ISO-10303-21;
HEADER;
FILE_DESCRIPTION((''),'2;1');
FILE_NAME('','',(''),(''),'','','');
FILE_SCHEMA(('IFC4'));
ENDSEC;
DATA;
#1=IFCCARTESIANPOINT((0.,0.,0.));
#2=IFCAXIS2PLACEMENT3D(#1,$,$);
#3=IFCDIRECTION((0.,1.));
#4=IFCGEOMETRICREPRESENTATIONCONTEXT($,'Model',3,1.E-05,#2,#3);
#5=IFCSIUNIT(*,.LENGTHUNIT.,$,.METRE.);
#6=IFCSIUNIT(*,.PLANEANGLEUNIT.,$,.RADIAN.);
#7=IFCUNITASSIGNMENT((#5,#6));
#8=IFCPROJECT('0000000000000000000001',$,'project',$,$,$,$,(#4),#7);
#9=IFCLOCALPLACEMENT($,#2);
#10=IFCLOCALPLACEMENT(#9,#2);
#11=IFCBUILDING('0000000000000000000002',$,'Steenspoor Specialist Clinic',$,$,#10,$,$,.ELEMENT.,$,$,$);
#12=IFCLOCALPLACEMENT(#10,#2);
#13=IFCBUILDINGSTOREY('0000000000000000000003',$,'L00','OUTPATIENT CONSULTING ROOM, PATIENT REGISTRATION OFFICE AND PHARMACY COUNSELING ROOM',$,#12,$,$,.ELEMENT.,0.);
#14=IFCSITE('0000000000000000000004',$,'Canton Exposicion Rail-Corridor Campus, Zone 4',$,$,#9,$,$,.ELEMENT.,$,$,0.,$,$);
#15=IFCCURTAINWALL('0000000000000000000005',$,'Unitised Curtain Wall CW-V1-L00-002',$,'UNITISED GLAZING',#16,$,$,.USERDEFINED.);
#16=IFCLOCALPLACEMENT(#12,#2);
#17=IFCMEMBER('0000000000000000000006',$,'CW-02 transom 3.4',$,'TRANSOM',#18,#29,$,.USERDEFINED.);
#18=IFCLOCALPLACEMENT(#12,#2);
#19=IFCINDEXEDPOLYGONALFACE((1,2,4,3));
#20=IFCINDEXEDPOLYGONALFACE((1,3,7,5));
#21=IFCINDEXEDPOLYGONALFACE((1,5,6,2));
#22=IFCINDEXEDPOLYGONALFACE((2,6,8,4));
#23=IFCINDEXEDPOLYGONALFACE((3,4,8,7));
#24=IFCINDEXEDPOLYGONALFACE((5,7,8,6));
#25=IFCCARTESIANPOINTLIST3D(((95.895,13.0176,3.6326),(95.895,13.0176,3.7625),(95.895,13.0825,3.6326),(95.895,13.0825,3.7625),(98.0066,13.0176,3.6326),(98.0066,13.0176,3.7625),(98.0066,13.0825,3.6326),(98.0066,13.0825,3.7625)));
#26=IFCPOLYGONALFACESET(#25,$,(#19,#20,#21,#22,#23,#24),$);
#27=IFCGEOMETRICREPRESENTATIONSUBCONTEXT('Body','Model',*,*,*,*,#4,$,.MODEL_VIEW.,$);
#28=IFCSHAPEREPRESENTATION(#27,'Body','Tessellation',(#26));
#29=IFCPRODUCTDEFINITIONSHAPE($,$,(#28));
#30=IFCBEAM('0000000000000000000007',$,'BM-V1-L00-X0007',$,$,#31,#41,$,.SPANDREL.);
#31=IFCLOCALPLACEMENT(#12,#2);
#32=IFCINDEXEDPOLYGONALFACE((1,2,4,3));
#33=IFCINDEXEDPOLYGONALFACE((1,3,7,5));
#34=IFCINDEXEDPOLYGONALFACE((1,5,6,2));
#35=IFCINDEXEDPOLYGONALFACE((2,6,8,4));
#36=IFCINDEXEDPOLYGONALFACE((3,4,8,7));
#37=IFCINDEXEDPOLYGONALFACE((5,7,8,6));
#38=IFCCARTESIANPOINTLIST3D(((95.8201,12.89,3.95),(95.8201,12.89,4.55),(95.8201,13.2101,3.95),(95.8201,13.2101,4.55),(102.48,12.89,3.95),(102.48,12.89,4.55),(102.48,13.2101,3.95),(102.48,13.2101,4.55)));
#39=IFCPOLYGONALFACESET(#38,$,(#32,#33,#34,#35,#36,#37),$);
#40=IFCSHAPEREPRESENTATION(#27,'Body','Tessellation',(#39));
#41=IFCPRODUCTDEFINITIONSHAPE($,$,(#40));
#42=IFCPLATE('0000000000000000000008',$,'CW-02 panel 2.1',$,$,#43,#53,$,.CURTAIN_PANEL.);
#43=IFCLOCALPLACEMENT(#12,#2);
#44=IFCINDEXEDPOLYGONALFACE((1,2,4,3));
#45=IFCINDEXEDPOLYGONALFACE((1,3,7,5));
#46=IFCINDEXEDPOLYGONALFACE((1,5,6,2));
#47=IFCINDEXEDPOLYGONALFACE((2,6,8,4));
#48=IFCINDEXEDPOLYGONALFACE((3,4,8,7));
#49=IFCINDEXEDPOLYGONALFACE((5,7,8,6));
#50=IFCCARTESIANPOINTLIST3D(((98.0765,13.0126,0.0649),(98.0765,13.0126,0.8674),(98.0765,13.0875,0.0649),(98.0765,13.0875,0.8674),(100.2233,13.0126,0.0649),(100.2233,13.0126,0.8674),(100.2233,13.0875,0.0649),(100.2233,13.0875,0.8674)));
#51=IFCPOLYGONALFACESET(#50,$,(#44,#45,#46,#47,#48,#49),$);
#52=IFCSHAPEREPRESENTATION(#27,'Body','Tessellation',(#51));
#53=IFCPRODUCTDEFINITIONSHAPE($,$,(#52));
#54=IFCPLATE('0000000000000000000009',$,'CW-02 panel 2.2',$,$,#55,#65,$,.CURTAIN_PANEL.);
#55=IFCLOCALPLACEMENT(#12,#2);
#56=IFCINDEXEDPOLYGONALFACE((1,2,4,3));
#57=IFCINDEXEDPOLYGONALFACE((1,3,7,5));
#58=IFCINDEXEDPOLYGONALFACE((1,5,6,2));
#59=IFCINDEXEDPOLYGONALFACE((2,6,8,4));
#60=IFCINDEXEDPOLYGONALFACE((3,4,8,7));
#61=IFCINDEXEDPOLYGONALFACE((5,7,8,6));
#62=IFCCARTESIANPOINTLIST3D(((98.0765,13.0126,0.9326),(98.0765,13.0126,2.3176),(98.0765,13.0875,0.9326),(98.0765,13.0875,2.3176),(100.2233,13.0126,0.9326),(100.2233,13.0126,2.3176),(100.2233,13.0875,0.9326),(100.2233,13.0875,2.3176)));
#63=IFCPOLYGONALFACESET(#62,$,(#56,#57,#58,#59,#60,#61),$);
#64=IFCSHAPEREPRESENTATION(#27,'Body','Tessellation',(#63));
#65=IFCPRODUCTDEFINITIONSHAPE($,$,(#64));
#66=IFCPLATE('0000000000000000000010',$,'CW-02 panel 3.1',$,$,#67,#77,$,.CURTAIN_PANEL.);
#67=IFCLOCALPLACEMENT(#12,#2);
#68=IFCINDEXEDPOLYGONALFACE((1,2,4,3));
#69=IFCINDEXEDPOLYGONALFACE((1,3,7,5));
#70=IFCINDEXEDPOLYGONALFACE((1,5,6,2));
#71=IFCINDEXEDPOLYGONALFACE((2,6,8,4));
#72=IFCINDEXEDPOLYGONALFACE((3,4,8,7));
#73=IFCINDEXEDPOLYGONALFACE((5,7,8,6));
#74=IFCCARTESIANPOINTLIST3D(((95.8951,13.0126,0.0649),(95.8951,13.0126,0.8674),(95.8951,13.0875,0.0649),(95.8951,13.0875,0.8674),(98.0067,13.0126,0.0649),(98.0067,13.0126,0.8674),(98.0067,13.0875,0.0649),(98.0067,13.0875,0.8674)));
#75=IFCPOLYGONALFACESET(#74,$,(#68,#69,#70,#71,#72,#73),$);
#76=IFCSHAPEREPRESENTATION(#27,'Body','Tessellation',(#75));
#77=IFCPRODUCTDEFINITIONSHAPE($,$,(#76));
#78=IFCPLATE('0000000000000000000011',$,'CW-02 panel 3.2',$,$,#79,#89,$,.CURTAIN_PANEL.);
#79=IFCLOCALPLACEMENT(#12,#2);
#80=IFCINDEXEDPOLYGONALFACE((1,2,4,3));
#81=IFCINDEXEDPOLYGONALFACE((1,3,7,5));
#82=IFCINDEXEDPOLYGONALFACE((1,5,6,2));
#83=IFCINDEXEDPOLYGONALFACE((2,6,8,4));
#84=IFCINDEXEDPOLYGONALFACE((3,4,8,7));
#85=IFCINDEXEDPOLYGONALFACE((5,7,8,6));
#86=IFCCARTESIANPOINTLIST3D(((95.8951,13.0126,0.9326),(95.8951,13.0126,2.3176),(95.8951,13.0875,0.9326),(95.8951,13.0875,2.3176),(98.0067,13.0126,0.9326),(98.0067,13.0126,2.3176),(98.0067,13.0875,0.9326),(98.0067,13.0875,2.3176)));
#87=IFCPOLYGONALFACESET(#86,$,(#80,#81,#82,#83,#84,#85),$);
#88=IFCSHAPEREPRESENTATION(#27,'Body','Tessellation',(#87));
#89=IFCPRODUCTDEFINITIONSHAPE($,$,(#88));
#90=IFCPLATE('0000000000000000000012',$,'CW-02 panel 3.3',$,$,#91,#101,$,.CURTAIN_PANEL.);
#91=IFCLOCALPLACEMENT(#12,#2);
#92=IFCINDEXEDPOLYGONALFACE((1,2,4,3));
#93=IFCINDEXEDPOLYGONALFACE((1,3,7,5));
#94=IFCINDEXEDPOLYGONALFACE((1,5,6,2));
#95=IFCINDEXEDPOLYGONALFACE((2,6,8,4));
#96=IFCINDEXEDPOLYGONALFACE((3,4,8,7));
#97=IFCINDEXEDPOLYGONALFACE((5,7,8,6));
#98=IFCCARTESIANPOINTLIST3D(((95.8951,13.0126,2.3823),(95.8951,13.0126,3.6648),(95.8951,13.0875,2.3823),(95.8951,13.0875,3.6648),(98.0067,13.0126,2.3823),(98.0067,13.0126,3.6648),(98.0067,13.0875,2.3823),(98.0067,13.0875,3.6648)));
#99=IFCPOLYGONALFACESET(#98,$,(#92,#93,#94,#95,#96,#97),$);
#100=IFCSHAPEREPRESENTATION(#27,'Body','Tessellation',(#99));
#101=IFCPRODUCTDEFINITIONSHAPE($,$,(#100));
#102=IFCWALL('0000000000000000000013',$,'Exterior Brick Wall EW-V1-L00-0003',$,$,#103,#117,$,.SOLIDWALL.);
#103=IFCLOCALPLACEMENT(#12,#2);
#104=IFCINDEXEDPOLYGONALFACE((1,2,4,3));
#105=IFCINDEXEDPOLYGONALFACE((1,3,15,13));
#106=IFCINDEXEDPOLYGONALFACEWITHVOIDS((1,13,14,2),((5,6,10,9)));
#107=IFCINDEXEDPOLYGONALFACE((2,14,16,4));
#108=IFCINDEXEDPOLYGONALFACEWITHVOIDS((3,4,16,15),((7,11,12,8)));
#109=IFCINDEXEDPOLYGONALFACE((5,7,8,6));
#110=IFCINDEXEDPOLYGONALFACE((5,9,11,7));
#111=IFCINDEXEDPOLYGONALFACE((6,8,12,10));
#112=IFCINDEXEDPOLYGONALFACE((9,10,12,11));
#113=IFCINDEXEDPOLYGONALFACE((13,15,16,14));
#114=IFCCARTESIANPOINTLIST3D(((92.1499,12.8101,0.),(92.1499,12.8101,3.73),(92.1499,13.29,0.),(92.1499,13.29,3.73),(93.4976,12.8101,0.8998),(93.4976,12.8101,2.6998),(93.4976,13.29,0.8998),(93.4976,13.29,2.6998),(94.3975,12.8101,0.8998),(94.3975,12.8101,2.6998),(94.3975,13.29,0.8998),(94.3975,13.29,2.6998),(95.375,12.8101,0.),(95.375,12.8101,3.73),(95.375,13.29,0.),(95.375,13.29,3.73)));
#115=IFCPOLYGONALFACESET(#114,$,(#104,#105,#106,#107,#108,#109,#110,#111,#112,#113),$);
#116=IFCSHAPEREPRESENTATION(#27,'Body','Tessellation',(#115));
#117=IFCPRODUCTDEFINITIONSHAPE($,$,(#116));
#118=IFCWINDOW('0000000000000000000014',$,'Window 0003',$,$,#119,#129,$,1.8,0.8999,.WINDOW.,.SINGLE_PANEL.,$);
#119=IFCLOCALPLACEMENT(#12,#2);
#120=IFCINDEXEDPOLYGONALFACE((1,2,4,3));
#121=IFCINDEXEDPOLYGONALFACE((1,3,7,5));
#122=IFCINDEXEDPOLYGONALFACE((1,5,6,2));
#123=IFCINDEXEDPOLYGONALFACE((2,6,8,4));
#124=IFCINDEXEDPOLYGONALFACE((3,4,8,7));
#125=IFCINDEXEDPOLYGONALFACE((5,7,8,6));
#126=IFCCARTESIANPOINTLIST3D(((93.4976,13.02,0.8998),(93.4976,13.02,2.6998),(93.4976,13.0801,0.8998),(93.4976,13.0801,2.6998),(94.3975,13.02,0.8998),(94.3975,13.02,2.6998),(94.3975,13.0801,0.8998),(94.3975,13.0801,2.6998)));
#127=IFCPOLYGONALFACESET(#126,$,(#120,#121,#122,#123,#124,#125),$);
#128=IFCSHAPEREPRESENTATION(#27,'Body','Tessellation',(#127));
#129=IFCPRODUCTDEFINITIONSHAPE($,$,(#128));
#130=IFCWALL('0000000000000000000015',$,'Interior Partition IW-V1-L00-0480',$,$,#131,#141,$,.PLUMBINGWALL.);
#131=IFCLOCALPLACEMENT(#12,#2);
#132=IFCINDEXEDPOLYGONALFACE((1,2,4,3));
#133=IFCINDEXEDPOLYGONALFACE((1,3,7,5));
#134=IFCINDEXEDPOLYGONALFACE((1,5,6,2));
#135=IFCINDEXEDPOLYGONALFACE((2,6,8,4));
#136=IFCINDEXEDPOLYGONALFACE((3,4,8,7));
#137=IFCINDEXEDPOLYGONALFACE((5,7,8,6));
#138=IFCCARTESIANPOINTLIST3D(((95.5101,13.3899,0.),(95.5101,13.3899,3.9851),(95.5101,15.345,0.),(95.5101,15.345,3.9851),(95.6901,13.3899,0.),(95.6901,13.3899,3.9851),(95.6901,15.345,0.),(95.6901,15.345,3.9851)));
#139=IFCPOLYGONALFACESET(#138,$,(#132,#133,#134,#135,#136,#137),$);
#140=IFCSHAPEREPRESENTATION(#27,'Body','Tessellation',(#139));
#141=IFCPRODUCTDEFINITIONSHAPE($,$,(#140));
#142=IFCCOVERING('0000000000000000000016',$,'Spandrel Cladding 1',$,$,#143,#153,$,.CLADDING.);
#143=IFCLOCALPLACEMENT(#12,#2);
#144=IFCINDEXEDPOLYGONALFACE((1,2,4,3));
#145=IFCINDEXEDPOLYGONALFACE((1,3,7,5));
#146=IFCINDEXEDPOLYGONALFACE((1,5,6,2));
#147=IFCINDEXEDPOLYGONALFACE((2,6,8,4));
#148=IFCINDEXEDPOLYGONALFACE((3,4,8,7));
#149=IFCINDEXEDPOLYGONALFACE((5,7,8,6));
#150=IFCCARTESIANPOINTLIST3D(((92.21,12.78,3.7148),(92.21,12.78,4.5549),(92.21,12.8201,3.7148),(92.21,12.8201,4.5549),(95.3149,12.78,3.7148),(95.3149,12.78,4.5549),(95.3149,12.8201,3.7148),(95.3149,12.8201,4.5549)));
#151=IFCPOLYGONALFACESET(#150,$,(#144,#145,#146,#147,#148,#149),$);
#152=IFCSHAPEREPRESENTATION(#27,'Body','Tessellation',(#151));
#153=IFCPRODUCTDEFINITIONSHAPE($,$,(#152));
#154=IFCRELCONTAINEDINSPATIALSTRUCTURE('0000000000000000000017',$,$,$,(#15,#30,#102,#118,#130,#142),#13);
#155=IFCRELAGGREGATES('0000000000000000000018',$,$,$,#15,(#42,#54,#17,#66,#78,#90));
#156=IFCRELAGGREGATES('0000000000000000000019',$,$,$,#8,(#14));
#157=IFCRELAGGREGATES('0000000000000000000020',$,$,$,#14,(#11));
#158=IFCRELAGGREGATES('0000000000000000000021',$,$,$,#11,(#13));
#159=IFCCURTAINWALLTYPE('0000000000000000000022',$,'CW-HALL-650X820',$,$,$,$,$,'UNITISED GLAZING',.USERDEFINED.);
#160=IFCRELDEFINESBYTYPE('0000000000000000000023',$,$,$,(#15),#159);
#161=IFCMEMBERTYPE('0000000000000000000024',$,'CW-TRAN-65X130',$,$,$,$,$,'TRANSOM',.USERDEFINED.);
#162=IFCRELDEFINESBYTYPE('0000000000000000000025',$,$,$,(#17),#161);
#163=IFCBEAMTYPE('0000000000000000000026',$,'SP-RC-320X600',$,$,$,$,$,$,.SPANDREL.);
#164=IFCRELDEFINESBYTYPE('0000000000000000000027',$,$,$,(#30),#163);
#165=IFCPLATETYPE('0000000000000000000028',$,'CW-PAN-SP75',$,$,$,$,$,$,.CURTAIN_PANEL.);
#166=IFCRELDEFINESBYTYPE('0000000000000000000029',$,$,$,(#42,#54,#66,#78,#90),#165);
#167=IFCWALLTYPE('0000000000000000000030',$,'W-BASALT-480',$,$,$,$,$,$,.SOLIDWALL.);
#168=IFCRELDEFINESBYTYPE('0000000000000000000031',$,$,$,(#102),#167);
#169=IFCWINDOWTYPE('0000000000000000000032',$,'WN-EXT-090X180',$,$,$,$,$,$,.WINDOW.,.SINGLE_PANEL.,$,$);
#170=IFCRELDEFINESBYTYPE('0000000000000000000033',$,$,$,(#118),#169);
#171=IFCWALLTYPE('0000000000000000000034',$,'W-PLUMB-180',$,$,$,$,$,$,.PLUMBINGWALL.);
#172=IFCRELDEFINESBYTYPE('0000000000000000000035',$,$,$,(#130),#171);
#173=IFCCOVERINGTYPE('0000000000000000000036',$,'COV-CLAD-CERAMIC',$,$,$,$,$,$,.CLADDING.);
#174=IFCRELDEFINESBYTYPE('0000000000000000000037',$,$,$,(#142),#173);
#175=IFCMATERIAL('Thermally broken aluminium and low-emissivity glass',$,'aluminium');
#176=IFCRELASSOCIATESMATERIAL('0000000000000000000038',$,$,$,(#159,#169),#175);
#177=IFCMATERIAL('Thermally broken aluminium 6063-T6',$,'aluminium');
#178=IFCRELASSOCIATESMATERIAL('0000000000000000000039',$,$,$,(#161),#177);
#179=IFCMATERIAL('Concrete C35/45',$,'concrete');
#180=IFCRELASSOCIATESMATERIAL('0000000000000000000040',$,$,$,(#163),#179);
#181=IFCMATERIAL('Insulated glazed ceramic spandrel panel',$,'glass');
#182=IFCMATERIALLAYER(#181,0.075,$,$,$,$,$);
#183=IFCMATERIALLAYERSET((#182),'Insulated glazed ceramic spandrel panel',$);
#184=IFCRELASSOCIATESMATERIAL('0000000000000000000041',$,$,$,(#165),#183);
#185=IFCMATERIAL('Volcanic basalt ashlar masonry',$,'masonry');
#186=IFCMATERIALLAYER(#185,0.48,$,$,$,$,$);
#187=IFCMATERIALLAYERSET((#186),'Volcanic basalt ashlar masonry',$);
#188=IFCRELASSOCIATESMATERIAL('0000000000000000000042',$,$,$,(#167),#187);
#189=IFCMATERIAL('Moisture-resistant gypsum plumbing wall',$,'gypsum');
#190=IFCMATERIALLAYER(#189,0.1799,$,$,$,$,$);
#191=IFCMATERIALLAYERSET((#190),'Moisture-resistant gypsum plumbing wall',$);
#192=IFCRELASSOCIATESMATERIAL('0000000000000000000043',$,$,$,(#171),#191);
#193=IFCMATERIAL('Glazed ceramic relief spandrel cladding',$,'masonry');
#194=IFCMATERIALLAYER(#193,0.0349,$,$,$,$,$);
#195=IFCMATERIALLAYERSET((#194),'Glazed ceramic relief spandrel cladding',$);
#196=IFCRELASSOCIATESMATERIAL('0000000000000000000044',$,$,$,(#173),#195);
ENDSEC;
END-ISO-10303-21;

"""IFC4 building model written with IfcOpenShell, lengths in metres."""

from ifc_helpers import new_model, si_unit, direction, frame, frame_2d, origin, origin_2d, place, context, subcontext, project, spatial, rectangle, extrude, material, layer, layer_set, material_profile, profile_set, type_object, element, fill, aggregate, save


model = new_model("IFC4")

# Units and contexts
model_context = context("Model", 3, precision=1e-05, world=origin(), true_north=direction((0.0, 1.0)))
body_context = subcontext(model_context, "Body", "Model", "MODEL_VIEW")
ifc_project = project(units=[si_unit("LENGTHUNIT", "METRE"), si_unit("PLANEANGLEUNIT", "RADIAN")], contexts=[model_context])

# Site, building, storey
site_placement = place(None, origin())
site = spatial("IfcSite", under=ifc_project, at=site_placement, Name="Canton Exposicion Rail-Corridor Campus, Zone 4", CompositionType="ELEMENT", RefElevation=0.0)
building_placement = place(site_placement, origin())
building = spatial("IfcBuilding", under=site, at=building_placement, Name="Steenspoor Specialist Clinic", CompositionType="ELEMENT")
storey_placement = place(building_placement, origin())
storey = spatial("IfcBuildingStorey", under=building, at=storey_placement, Name="L00", Description="OUTPATIENT CONSULTING ROOM, PATIENT REGISTRATION OFFICE AND PHARMACY COUNSELING ROOM", CompositionType="ELEMENT", Elevation=0.0)

# Shared definitions
ifc_material_1 = material(Name="Concrete C35/45", Category="concrete")

# Curtain wall, member
ifc_material_2 = material(Name="Thermally broken aluminium and low-emissivity glass", Category="aluminium")
curtain_wall_type = type_object("IfcCurtainWallType", Name="CW-HALL-650X820", ElementType="UNITISED GLAZING", PredefinedType="USERDEFINED", material=ifc_material_2)
curtain_wall_placement = place(storey_placement, origin())
curtain_wall = element("IfcCurtainWall", 1, at=curtain_wall_placement, inside=storey, type_object=curtain_wall_type, Name="Unitised Curtain Wall CW-V1-L00-002", ObjectType="UNITISED GLAZING", PredefinedType="USERDEFINED")
ifc_material_3 = material(Name="Thermally broken aluminium 6063-T6", Category="aluminium")
ifc_material_profile_1 = material_profile(ifc_material_3, rectangle(XDim=0.0649, YDim=0.1299, at=origin_2d()), Name="CWT-65X130")
ifc_profile_set_1 = profile_set([ifc_material_profile_1], Name="Thermally broken aluminium 6063-T6")
member_type_1 = type_object("IfcMemberType", Name="CW-TRAN-65X130", ElementType="TRANSOM", PredefinedType="USERDEFINED", material=ifc_profile_set_1)
member_1_placement = place(storey_placement, frame((98.0066, 13.05, 3.6975), z_axis=(-1.0, 0.0, 0.0), x_axis=(0.0, -1.0, 0.0)))
member_1 = element("IfcMember", 2, at=member_1_placement, type_object=member_type_1, Name="CW-02 transom 3.4", ObjectType="TRANSOM", PredefinedType="USERDEFINED", context=body_context, shape_type="SweptSolid", body=[
    extrude(rectangle(XDim=0.0649, YDim=0.1299, at=origin_2d()), origin(), (0.0, 0.0, 1.0), 2.1116),
])

# Beam
ifc_material_profile_2 = material_profile(ifc_material_1, rectangle(XDim=0.3201, YDim=0.6001, at=origin_2d()), Name="RC-SP-320X600")
ifc_profile_set_2 = profile_set([ifc_material_profile_2], Name="Concrete C35/45")
beam_type_1 = type_object("IfcBeamType", Name="SP-RC-320X600", PredefinedType="SPANDREL", material=ifc_profile_set_2)
beam_1_placement = place(storey_placement, frame((95.8201, 13.05, 4.25), z_axis=(1.0, 0.0, 0.0), x_axis=(0.0, 1.0, 0.0)))
element("IfcBeam", 3, at=beam_1_placement, inside=storey, type_object=beam_type_1, Name="BM-V1-L00-X0007", PredefinedType="SPANDREL", context=body_context, shape_type="SweptSolid", body=[
    extrude(rectangle(XDim=0.3201, YDim=0.6001, at=origin_2d()), origin(), (0.0, 0.0, 1.0), 6.6599),
])

# Plates
ifc_material_4 = material(Name="Insulated glazed ceramic spandrel panel", Category="glass")
ifc_layer_1 = layer(ifc_material_4, 0.075)
ifc_layer_set_1 = layer_set([ifc_layer_1], Name="Insulated glazed ceramic spandrel panel")
plate_type = type_object("IfcPlateType", Name="CW-PAN-SP75", PredefinedType="CURTAIN_PANEL", material=ifc_layer_set_1)
plate_1_placement = place(storey_placement, frame((99.1499, 13.05, 0.0649), z_axis=(0.0, 0.0, 1.0), x_axis=(-1.0, 0.0, 0.0)))
plate_1 = element("IfcPlate", 4, at=plate_1_placement, type_object=plate_type, Name="CW-02 panel 2.1", PredefinedType="CURTAIN_PANEL", context=body_context, shape_type="SweptSolid", body=[
    extrude(rectangle(XDim=2.1467, YDim=0.075, at=origin_2d()), origin(), (0.0, 0.0, 1.0), 0.8025),
])
plate_2_placement = place(storey_placement, frame((99.1499, 13.05, 0.9326), z_axis=(0.0, 0.0, 1.0), x_axis=(-1.0, 0.0, 0.0)))
plate_2 = element("IfcPlate", 5, at=plate_2_placement, type_object=plate_type, Name="CW-02 panel 2.2", PredefinedType="CURTAIN_PANEL", context=body_context, shape_type="SweptSolid", body=[
    extrude(rectangle(XDim=2.1467, YDim=0.075, at=origin_2d()), origin(), (0.0, 0.0, 1.0), 1.385),
])
plate_3_placement = place(storey_placement, frame((96.9509, 13.05, 0.0649), z_axis=(0.0, 0.0, 1.0), x_axis=(-1.0, 0.0, 0.0)))
plate_3 = element("IfcPlate", 6, at=plate_3_placement, type_object=plate_type, Name="CW-02 panel 3.1", PredefinedType="CURTAIN_PANEL", context=body_context, shape_type="SweptSolid", body=[
    extrude(rectangle(XDim=2.1116, YDim=0.075, at=origin_2d()), origin(), (0.0, 0.0, 1.0), 0.8025),
])
plate_4_placement = place(storey_placement, frame((96.9509, 13.05, 0.9326), z_axis=(0.0, 0.0, 1.0), x_axis=(-1.0, 0.0, 0.0)))
plate_4 = element("IfcPlate", 7, at=plate_4_placement, type_object=plate_type, Name="CW-02 panel 3.2", PredefinedType="CURTAIN_PANEL", context=body_context, shape_type="SweptSolid", body=[
    extrude(rectangle(XDim=2.1116, YDim=0.075, at=origin_2d()), origin(), (0.0, 0.0, 1.0), 1.385),
])
plate_5_placement = place(storey_placement, frame((96.9509, 13.05, 2.3823), z_axis=(0.0, 0.0, 1.0), x_axis=(-1.0, 0.0, 0.0)))
plate_5 = element("IfcPlate", 8, at=plate_5_placement, type_object=plate_type, Name="CW-02 panel 3.3", PredefinedType="CURTAIN_PANEL", context=body_context, shape_type="SweptSolid", body=[
    extrude(rectangle(XDim=2.1116, YDim=0.075, at=origin_2d()), origin(), (0.0, 0.0, 1.0), 1.2825),
])
aggregate(curtain_wall, [plate_1, plate_2, member_1, plate_3, plate_4, plate_5])

# Wall, opening, window
ifc_material_5 = material(Name="Volcanic basalt ashlar masonry", Category="masonry")
ifc_layer_2 = layer(ifc_material_5, 0.48)
ifc_layer_set_2 = layer_set([ifc_layer_2], Name="Volcanic basalt ashlar masonry")
wall_type_1 = type_object("IfcWallType", Name="W-BASALT-480", PredefinedType="SOLIDWALL", material=ifc_layer_set_2)
wall_1_placement = place(storey_placement, frame((95.375, 13.05, 0.0), z_axis=(0.0, 0.0, 1.0), x_axis=(-1.0, 0.0, 0.0)))
wall_1 = element("IfcWall", 9, at=wall_1_placement, inside=storey, type_object=wall_type_1, Name="Exterior Brick Wall EW-V1-L00-0003", PredefinedType="SOLIDWALL", context=body_context, shape_type="SweptSolid", body=[
    extrude(rectangle(XDim=3.2251, YDim=0.48, at=frame_2d((1.6125, 0.0))), origin(), (0.0, 0.0, 1.0), 3.73),
])
opening_placement = place(wall_1_placement, frame((0.9775, 0.0, 0.8999)))
opening = element("IfcOpeningElement", 10, at=opening_placement, cuts=wall_1, PredefinedType="OPENING", context=body_context, shape_type="SweptSolid", body=[
    extrude(rectangle(XDim=0.8999, YDim=1.8, at=frame_2d((0.45, 0.8999))), frame((0.0, 0.25, 0.0), z_axis=(0.0, -1.0, 0.0), x_axis=(1.0, 0.0, 0.0)), (0.0, 0.0, 1.0), 0.5),
])
window_type = type_object("IfcWindowType", Name="WN-EXT-090X180", PartitioningType="SINGLE_PANEL", PredefinedType="WINDOW", material=ifc_material_2)
window_placement = place(opening_placement, origin())
window = element("IfcWindow", 11, at=window_placement, inside=storey, type_object=window_type, Name="Window 0003", OverallHeight=1.8, OverallWidth=0.8999, PartitioningType="SINGLE_PANEL", PredefinedType="WINDOW", context=body_context, shape_type="SweptSolid", body=[
    extrude(rectangle(XDim=0.8999, YDim=1.8, at=frame_2d((0.45, 0.8999))), frame((0.0, 0.03, 0.0), z_axis=(0.0, -1.0, 0.0), x_axis=(1.0, 0.0, 0.0)), (0.0, 0.0, 1.0), 0.0601),
])
fill(opening, window)

# Wall
ifc_material_6 = material(Name="Moisture-resistant gypsum plumbing wall", Category="gypsum")
ifc_layer_3 = layer(ifc_material_6, 0.1799)
ifc_layer_set_3 = layer_set([ifc_layer_3], Name="Moisture-resistant gypsum plumbing wall")
wall_type_2 = type_object("IfcWallType", Name="W-PLUMB-180", PredefinedType="PLUMBINGWALL", material=ifc_layer_set_3)
wall_2_placement = place(storey_placement, frame((95.6001, 13.3899, 0.0), z_axis=(0.0, 0.0, 1.0), x_axis=(0.0, 1.0, 0.0)))
element("IfcWall", 12, at=wall_2_placement, inside=storey, type_object=wall_type_2, Name="Interior Partition IW-V1-L00-0480", PredefinedType="PLUMBINGWALL", context=body_context, shape_type="SweptSolid", body=[
    extrude(rectangle(XDim=1.9551, YDim=0.1799, at=frame_2d((0.9775, 0.0))), origin(), (0.0, 0.0, 1.0), 3.9851),
])

# Covering
ifc_material_7 = material(Name="Glazed ceramic relief spandrel cladding", Category="masonry")
ifc_layer_4 = layer(ifc_material_7, 0.0349)
ifc_layer_set_4 = layer_set([ifc_layer_4], Name="Glazed ceramic relief spandrel cladding")
covering_type = type_object("IfcCoveringType", Name="COV-CLAD-CERAMIC", PredefinedType="CLADDING", material=ifc_layer_set_4)
covering_placement = place(storey_placement, frame((93.7625, 12.8, 3.7148), z_axis=(0.0, 0.0, 1.0), x_axis=(-1.0, 0.0, 0.0)))
element("IfcCovering", 13, at=covering_placement, inside=storey, type_object=covering_type, Name="Spandrel Cladding 1", PredefinedType="CLADDING", context=body_context, shape_type="SweptSolid", body=[
    extrude(rectangle(XDim=3.105, YDim=0.04, at=origin_2d()), origin(), (0.0, 0.0, 1.0), 0.8401),
])

save(model, "model.ifc")
